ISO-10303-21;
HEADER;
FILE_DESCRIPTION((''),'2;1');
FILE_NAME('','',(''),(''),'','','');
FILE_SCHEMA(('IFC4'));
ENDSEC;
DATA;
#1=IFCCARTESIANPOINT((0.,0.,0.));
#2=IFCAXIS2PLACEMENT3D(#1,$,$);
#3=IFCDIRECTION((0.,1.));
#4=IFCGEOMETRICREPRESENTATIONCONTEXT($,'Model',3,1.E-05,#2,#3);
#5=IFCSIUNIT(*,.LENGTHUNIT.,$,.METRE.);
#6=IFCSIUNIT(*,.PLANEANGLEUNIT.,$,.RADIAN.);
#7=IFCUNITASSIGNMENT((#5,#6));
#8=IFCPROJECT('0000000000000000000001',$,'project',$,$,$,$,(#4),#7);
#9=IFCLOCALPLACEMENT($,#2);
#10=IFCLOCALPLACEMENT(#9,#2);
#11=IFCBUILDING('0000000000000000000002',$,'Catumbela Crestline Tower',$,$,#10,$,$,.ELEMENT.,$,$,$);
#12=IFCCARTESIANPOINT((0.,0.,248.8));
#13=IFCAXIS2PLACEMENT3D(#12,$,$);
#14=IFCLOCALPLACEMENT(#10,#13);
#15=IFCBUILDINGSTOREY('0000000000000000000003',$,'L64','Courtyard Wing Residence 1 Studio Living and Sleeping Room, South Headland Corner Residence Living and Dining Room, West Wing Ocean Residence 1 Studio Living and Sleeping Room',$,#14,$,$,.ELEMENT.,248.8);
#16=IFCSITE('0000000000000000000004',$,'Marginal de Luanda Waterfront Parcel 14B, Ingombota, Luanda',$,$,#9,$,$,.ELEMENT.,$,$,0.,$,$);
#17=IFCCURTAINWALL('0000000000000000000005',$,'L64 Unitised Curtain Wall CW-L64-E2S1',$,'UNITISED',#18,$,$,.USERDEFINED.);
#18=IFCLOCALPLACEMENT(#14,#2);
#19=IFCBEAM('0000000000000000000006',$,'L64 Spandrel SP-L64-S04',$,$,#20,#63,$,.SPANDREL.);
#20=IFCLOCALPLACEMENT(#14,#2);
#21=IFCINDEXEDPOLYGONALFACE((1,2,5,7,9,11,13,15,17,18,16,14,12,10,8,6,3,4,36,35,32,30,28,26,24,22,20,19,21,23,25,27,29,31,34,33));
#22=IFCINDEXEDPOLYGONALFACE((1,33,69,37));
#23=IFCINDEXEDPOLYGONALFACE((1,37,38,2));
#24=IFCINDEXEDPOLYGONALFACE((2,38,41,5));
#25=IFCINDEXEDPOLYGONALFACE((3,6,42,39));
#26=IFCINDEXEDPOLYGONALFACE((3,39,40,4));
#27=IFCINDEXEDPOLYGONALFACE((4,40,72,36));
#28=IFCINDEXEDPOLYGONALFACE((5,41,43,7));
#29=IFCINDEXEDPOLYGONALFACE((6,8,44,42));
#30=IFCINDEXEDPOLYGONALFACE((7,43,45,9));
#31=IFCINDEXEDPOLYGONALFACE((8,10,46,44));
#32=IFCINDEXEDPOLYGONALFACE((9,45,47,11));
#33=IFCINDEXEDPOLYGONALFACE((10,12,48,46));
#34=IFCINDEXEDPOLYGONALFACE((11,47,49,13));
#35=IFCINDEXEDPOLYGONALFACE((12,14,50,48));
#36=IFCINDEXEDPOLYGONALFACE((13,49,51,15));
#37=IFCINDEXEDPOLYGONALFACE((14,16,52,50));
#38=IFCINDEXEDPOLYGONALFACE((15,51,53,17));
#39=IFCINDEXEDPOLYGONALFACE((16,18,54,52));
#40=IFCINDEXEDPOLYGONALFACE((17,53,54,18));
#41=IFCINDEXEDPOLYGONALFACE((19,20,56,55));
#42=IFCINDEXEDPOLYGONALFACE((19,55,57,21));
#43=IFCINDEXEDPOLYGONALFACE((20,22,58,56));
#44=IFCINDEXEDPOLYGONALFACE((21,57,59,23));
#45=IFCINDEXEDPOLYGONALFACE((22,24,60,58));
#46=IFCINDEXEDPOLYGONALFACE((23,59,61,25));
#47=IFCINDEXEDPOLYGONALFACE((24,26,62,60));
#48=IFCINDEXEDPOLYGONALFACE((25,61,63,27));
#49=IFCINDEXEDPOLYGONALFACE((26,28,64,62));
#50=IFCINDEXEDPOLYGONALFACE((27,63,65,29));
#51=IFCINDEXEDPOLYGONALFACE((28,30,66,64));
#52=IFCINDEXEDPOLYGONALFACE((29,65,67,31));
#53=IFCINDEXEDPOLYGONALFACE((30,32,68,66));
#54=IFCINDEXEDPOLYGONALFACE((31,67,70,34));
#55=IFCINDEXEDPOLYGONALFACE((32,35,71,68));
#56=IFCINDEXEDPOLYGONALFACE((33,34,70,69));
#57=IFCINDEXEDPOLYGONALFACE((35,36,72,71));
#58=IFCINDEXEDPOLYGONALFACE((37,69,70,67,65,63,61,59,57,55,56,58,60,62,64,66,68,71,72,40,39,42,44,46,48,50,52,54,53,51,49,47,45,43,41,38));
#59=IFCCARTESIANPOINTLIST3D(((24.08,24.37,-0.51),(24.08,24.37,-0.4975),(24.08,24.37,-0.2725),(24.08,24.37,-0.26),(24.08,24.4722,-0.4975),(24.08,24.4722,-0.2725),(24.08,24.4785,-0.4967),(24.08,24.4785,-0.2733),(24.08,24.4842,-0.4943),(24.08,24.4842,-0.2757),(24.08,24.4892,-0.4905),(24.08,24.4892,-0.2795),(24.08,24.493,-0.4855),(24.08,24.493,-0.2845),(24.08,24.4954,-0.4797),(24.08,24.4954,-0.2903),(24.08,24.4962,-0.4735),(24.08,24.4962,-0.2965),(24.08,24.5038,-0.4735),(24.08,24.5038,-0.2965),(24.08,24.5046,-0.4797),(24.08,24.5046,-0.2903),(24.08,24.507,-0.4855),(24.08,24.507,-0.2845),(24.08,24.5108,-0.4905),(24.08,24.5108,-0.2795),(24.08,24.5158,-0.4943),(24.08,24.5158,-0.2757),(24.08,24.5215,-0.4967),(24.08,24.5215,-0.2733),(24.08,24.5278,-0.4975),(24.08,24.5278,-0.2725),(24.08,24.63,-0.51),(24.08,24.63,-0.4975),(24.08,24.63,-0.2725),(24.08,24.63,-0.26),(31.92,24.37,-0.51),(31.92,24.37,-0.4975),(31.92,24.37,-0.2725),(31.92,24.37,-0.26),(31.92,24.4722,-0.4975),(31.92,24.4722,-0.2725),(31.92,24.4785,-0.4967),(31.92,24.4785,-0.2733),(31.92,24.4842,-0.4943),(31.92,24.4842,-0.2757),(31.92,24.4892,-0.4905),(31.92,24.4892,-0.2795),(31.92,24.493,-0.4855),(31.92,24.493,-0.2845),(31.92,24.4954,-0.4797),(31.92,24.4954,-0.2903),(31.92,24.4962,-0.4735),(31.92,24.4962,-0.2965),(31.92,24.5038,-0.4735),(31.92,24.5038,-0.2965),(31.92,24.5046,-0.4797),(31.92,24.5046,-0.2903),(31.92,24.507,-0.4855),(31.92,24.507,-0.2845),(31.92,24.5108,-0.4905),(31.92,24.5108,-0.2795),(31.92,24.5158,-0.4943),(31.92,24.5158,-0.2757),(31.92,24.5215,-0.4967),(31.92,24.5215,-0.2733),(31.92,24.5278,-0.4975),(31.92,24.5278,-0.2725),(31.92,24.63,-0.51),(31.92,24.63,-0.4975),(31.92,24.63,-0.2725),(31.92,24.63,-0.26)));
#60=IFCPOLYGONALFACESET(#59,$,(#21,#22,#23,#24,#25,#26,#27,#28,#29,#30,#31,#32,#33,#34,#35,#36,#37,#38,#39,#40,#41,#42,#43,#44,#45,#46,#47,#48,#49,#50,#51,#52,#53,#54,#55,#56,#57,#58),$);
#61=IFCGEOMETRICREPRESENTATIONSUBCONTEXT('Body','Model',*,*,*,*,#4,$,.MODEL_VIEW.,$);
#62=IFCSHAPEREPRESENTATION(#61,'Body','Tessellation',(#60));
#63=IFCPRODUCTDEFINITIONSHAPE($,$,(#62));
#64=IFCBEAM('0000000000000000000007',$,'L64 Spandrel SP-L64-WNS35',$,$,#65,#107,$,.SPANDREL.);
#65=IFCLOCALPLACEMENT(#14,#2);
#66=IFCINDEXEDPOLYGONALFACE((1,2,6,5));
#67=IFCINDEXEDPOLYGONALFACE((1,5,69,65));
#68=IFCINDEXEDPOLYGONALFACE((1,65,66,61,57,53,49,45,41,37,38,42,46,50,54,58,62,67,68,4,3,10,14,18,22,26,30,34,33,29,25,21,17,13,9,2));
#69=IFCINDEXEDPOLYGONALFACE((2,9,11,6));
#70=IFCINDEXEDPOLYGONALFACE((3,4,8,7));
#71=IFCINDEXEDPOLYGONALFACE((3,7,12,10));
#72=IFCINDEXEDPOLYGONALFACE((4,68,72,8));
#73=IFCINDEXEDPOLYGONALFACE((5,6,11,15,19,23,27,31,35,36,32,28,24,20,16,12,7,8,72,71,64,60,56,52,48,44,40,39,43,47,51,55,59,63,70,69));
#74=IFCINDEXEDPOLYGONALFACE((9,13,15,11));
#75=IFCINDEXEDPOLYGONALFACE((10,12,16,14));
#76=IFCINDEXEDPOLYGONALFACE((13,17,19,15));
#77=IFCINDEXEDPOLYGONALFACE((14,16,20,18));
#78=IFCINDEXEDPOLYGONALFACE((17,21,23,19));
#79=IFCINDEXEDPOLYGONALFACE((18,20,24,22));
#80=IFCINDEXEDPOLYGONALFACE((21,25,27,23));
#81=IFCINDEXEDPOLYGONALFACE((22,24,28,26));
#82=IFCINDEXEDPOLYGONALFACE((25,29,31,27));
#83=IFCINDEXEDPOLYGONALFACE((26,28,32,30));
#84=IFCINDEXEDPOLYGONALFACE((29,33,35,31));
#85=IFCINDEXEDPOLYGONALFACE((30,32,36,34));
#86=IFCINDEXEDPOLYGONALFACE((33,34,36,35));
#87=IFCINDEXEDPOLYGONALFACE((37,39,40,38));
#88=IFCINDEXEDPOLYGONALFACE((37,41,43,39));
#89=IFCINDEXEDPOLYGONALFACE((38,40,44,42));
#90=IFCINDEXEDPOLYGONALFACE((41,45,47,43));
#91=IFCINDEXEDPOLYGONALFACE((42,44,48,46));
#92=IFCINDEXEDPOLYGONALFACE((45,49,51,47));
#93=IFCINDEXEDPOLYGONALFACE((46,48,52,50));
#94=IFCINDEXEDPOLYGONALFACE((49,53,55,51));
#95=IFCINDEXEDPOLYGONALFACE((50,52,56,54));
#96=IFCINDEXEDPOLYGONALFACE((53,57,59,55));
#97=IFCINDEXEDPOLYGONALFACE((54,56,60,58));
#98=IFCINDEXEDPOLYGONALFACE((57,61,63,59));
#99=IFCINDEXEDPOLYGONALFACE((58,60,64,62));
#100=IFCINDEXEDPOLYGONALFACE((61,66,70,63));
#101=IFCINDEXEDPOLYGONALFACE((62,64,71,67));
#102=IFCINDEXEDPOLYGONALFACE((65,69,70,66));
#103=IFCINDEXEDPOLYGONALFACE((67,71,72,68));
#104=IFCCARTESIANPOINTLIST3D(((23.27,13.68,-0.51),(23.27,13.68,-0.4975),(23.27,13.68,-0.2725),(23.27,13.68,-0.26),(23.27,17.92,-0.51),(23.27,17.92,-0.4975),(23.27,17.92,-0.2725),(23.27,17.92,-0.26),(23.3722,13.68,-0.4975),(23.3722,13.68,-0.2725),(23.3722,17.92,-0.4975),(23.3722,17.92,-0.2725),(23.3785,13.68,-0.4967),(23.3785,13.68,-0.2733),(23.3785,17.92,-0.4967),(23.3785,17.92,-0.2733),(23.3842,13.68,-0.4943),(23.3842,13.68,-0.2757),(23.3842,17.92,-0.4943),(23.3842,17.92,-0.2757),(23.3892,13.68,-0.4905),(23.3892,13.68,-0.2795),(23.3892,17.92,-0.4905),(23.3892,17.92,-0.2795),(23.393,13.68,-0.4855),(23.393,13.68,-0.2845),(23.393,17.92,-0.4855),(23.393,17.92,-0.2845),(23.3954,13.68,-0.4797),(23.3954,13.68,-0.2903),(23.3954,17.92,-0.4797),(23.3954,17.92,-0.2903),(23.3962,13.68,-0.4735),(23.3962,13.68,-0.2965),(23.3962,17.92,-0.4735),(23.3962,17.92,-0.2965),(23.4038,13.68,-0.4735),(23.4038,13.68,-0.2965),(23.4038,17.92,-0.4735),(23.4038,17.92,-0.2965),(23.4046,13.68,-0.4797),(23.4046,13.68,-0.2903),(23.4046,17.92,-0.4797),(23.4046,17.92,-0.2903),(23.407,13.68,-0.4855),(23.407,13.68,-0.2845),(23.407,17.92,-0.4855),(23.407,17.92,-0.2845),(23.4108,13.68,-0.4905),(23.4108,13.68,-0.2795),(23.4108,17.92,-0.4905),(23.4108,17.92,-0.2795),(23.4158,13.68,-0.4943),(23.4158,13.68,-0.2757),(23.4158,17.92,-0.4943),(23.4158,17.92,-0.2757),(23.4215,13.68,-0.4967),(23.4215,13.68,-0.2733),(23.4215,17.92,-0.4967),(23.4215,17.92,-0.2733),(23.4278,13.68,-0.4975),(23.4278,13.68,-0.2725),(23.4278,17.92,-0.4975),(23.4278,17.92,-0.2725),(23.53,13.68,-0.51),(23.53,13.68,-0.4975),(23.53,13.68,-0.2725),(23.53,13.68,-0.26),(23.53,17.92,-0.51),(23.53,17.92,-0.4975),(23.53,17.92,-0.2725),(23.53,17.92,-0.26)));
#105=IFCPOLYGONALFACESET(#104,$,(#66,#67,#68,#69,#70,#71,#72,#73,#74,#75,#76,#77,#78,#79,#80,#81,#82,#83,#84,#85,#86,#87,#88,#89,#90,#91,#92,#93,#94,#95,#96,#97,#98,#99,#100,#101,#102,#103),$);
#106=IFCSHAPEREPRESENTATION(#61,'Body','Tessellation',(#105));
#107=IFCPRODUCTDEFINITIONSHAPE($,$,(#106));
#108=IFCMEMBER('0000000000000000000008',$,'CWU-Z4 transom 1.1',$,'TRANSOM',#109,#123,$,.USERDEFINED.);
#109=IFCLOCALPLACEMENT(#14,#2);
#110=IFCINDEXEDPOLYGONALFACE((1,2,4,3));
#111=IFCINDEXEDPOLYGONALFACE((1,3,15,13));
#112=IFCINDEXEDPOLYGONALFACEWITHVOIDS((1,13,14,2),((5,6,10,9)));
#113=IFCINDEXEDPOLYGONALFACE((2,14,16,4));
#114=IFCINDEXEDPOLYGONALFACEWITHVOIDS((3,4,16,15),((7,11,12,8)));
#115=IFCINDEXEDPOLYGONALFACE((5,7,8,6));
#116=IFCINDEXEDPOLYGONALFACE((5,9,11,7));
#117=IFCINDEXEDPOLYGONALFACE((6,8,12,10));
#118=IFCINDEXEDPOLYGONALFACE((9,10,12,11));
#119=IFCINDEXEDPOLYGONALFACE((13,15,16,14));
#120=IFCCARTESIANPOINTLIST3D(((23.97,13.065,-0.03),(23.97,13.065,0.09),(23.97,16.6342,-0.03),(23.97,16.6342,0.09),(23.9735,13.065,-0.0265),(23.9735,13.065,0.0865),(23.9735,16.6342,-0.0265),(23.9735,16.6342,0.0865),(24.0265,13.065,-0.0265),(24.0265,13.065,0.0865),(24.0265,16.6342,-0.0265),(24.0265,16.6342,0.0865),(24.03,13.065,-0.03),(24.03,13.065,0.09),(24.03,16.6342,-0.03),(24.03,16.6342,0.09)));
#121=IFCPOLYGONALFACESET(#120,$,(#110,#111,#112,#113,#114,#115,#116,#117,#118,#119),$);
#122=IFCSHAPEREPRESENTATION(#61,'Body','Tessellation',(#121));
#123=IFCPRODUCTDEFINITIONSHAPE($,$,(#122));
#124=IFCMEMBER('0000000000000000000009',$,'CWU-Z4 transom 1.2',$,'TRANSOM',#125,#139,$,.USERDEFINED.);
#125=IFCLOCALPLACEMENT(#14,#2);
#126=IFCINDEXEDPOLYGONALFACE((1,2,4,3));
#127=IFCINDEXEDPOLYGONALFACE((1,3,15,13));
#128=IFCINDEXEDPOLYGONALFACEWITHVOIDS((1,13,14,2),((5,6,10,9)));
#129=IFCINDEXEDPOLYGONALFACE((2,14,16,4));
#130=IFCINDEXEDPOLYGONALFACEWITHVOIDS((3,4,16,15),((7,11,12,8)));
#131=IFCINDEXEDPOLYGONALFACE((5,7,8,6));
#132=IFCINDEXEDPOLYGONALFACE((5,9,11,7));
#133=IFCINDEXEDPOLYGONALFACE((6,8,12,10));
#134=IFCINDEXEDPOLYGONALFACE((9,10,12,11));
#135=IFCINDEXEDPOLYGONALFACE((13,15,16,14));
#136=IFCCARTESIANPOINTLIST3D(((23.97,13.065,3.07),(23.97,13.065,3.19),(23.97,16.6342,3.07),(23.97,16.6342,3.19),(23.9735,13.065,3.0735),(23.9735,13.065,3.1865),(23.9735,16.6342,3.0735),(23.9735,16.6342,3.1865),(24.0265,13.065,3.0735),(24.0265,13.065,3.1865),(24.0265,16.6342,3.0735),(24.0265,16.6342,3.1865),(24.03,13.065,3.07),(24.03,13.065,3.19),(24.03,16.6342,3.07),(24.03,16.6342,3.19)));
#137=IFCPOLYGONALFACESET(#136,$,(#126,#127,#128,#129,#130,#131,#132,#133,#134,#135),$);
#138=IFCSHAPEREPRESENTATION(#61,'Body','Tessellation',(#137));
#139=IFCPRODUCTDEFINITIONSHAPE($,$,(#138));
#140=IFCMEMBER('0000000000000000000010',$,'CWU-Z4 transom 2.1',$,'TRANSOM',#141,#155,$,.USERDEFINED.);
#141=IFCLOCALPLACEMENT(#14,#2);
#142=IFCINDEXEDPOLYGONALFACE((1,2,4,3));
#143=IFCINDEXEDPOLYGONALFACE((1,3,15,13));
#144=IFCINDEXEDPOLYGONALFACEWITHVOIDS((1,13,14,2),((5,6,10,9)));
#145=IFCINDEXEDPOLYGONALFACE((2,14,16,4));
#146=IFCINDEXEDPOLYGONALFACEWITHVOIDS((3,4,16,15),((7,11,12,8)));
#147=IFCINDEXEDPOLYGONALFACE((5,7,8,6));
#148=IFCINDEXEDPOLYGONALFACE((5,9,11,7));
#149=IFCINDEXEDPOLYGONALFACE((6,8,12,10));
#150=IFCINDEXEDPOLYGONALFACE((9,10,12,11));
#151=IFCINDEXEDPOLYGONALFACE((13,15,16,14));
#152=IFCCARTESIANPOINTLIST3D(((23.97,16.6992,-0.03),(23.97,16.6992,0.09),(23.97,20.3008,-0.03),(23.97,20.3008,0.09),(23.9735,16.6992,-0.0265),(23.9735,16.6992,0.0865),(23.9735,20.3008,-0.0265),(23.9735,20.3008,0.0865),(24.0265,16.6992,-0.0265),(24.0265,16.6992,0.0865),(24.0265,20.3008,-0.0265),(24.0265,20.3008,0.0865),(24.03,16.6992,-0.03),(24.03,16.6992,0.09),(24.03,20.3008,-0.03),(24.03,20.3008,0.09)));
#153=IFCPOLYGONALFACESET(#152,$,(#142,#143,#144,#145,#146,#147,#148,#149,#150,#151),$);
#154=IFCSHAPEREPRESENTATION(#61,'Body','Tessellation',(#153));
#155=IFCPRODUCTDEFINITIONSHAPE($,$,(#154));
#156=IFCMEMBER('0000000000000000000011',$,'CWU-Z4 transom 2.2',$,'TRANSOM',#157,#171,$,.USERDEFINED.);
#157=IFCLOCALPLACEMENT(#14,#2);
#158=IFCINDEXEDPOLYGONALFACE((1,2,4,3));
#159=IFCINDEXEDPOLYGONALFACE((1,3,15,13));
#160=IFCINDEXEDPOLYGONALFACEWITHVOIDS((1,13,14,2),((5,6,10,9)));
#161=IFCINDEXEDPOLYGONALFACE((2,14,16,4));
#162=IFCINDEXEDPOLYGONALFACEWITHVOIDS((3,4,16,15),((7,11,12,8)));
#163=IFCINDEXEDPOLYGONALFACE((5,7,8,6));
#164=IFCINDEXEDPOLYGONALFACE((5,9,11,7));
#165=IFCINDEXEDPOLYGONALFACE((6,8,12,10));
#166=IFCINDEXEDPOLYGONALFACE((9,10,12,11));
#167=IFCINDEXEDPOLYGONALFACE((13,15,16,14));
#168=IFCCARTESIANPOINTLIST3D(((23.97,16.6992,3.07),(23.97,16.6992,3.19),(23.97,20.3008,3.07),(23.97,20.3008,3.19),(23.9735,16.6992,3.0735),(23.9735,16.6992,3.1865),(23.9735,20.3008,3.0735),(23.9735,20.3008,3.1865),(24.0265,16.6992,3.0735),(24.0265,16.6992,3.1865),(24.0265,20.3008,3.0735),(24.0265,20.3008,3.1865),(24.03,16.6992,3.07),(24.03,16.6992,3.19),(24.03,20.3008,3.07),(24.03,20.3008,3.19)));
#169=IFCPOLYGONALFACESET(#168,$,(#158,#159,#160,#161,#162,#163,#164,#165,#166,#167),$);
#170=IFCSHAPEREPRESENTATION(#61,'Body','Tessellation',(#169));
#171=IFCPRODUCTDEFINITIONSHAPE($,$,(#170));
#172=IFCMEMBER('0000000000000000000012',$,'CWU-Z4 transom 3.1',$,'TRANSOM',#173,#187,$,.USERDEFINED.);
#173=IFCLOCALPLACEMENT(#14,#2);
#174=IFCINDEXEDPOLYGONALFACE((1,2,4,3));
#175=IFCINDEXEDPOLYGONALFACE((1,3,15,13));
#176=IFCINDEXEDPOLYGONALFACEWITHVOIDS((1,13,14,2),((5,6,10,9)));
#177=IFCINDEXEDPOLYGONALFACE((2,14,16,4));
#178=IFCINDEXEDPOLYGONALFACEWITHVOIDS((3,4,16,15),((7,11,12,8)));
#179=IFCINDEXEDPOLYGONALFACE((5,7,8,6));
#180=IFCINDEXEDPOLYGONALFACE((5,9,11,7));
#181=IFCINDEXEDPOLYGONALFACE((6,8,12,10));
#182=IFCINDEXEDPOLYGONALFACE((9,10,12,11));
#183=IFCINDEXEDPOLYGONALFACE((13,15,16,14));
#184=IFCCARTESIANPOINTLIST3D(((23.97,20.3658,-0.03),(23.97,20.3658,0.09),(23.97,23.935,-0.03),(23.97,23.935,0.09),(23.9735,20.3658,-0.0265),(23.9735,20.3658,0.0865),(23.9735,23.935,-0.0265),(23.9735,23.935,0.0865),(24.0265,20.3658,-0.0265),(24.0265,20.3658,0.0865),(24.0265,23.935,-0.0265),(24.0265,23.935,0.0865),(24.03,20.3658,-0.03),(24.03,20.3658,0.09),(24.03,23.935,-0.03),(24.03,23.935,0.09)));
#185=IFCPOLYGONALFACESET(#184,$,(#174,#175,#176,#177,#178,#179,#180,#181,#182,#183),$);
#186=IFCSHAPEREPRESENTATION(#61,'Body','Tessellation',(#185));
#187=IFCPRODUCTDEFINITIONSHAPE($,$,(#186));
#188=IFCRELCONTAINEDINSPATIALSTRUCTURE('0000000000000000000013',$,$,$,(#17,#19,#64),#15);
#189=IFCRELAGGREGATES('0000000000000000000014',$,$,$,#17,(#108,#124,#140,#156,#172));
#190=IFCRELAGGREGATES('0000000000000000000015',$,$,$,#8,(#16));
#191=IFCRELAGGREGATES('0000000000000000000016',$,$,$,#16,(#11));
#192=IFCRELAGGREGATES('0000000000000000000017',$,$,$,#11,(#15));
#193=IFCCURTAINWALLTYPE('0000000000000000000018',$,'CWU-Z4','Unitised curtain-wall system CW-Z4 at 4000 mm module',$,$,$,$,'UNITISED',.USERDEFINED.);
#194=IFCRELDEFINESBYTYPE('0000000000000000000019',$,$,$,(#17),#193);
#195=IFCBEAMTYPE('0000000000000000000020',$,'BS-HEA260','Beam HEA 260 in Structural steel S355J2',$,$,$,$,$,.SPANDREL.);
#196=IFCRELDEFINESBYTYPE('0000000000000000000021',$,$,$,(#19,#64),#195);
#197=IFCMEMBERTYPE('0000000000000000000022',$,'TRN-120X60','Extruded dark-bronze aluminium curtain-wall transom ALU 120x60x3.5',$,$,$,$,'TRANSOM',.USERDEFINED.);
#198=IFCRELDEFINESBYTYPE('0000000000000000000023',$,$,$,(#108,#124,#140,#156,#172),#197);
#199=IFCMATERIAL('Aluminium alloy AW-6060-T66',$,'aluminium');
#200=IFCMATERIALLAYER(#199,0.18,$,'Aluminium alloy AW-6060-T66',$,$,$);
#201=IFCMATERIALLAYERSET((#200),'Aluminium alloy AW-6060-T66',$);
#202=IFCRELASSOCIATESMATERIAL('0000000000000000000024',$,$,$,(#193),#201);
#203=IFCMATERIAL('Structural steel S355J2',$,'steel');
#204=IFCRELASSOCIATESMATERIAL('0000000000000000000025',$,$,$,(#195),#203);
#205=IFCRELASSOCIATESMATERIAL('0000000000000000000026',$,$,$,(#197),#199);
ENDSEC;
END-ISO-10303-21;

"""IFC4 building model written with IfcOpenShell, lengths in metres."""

from ifc_helpers import new_model, si_unit, direction, frame, origin, origin_2d, place, context, subcontext, project, spatial, hollow_rectangle, i_section, extrude, material, layer, layer_set, material_profile, profile_set, type_object, element, aggregate, save


model = new_model("IFC4")

# Units and contexts
model_context = context("Model", 3, precision=1e-05, world=origin(), true_north=direction((0.0, 1.0)))
body_context = subcontext(model_context, "Body", "Model", "MODEL_VIEW")
ifc_project = project(units=[si_unit("LENGTHUNIT", "METRE"), si_unit("PLANEANGLEUNIT", "RADIAN")], contexts=[model_context])

# Site, building, storey
site_placement = place(None, origin())
site = spatial("IfcSite", under=ifc_project, at=site_placement, Name="Marginal de Luanda Waterfront Parcel 14B, Ingombota, Luanda", CompositionType="ELEMENT", RefElevation=0.0)
building_placement = place(site_placement, origin())
building = spatial("IfcBuilding", under=site, at=building_placement, Name="Catumbela Crestline Tower", CompositionType="ELEMENT")
storey_placement = place(building_placement, frame((0.0, 0.0, 248.8)))
storey = spatial("IfcBuildingStorey", under=building, at=storey_placement, Name="L64", Description="Courtyard Wing Residence 1 Studio Living and Sleeping Room, South Headland Corner Residence Living and Dining Room, West Wing Ocean Residence 1 Studio Living and Sleeping Room", CompositionType="ELEMENT", Elevation=248.8)

# Shared definitions
ifc_material_1 = material(Name="Structural steel S355J2", Category="steel")

# Shared definitions
ifc_material_2 = material(Name="Aluminium alloy AW-6060-T66", Category="aluminium")
ifc_layer_1 = layer(ifc_material_2, 0.18, Name="Aluminium alloy AW-6060-T66")
ifc_layer_set_1 = layer_set([ifc_layer_1], Name="Aluminium alloy AW-6060-T66")
curtain_wall_type = type_object("IfcCurtainWallType", Name="CWU-Z4", Description="Unitised curtain-wall system CW-Z4 at 4000 mm module", ElementType="UNITISED", PredefinedType="USERDEFINED", material=ifc_layer_set_1)

# Curtain wall
curtain_wall_1_placement = place(storey_placement, origin())
curtain_wall_1 = element("IfcCurtainWall", 1, at=curtain_wall_1_placement, inside=storey, type_object=curtain_wall_type, Name="L64 Unitised Curtain Wall CW-L64-E2S1", ObjectType="UNITISED", PredefinedType="USERDEFINED")

# Beams
ifc_material_profile_1 = material_profile(ifc_material_1, i_section(OverallWidth=0.26, OverallDepth=0.25, WebThickness=0.0075, FlangeThickness=0.0125, FilletRadius=0.024, at=origin_2d()), Name="HEA 260")
ifc_profile_set_1 = profile_set([ifc_material_profile_1], Name="Structural steel S355J2")
beam_type_1 = type_object("IfcBeamType", Name="BS-HEA260", Description="Beam HEA 260 in Structural steel S355J2", PredefinedType="SPANDREL", material=ifc_profile_set_1)
beam_1_placement = place(storey_placement, frame((24.08, 24.5, -0.385), z_axis=(1.0, 0.0, 0.0), x_axis=(0.0, 1.0, 0.0)))
element("IfcBeam", 2, at=beam_1_placement, inside=storey, type_object=beam_type_1, Name="L64 Spandrel SP-L64-S04", PredefinedType="SPANDREL", context=body_context, shape_type="SweptSolid", body=[
    extrude(i_section(OverallWidth=0.26, OverallDepth=0.25, WebThickness=0.0075, FlangeThickness=0.0125, FilletRadius=0.024, at=origin_2d()), origin(), (0.0, 0.0, 1.0), 7.84),
])
beam_2_placement = place(storey_placement, frame((23.4, 13.68, -0.385), z_axis=(0.0, 1.0, 0.0), x_axis=(-1.0, 0.0, 0.0)))
element("IfcBeam", 3, at=beam_2_placement, inside=storey, type_object=beam_type_1, Name="L64 Spandrel SP-L64-WNS35", PredefinedType="SPANDREL", context=body_context, shape_type="SweptSolid", body=[
    extrude(i_section(OverallWidth=0.26, OverallDepth=0.25, WebThickness=0.0075, FlangeThickness=0.0125, FilletRadius=0.024, at=origin_2d()), origin(), (0.0, 0.0, 1.0), 4.24),
])

# Members
ifc_material_profile_2 = material_profile(ifc_material_2, hollow_rectangle(XDim=0.06, YDim=0.12, WallThickness=0.0035, at=origin_2d()), Name="ALU 120x60x3.5")
ifc_profile_set_2 = profile_set([ifc_material_profile_2], Name="Aluminium alloy AW-6060-T66")
member_type_1 = type_object("IfcMemberType", Name="TRN-120X60", Description="Extruded dark-bronze aluminium curtain-wall transom ALU 120x60x3.5", ElementType="TRANSOM", PredefinedType="USERDEFINED", material=ifc_profile_set_2)
member_1_placement = place(storey_placement, frame((24.0, 13.065, 0.03), z_axis=(0.0, 1.0, 0.0), x_axis=(-1.0, 0.0, 0.0)))
member_1 = element("IfcMember", 4, at=member_1_placement, type_object=member_type_1, Name="CWU-Z4 transom 1.1", ObjectType="TRANSOM", PredefinedType="USERDEFINED", context=body_context, shape_type="SweptSolid", body=[
    extrude(hollow_rectangle(XDim=0.06, YDim=0.12, WallThickness=0.0035, at=origin_2d()), origin(), (0.0, 0.0, 1.0), 3.5692),
])
member_2_placement = place(storey_placement, frame((24.0, 13.065, 3.13), z_axis=(0.0, 1.0, 0.0), x_axis=(-1.0, 0.0, 0.0)))
member_2 = element("IfcMember", 5, at=member_2_placement, type_object=member_type_1, Name="CWU-Z4 transom 1.2", ObjectType="TRANSOM", PredefinedType="USERDEFINED", context=body_context, shape_type="SweptSolid", body=[
    extrude(hollow_rectangle(XDim=0.06, YDim=0.12, WallThickness=0.0035, at=origin_2d()), origin(), (0.0, 0.0, 1.0), 3.5692),
])
member_3_placement = place(storey_placement, frame((24.0, 16.6992, 0.03), z_axis=(0.0, 1.0, 0.0), x_axis=(-1.0, 0.0, 0.0)))
member_3 = element("IfcMember", 6, at=member_3_placement, type_object=member_type_1, Name="CWU-Z4 transom 2.1", ObjectType="TRANSOM", PredefinedType="USERDEFINED", context=body_context, shape_type="SweptSolid", body=[
    extrude(hollow_rectangle(XDim=0.06, YDim=0.12, WallThickness=0.0035, at=origin_2d()), origin(), (0.0, 0.0, 1.0), 3.6016),
])
member_4_placement = place(storey_placement, frame((24.0, 16.6992, 3.13), z_axis=(0.0, 1.0, 0.0), x_axis=(-1.0, 0.0, 0.0)))
member_4 = element("IfcMember", 7, at=member_4_placement, type_object=member_type_1, Name="CWU-Z4 transom 2.2", ObjectType="TRANSOM", PredefinedType="USERDEFINED", context=body_context, shape_type="SweptSolid", body=[
    extrude(hollow_rectangle(XDim=0.06, YDim=0.12, WallThickness=0.0035, at=origin_2d()), origin(), (0.0, 0.0, 1.0), 3.6016),
])
member_5_placement = place(storey_placement, frame((24.0, 20.3658, 0.03), z_axis=(0.0, 1.0, 0.0), x_axis=(-1.0, 0.0, 0.0)))
member_5 = element("IfcMember", 8, at=member_5_placement, type_object=member_type_1, Name="CWU-Z4 transom 3.1", ObjectType="TRANSOM", PredefinedType="USERDEFINED", context=body_context, shape_type="SweptSolid", body=[
    extrude(hollow_rectangle(XDim=0.06, YDim=0.12, WallThickness=0.0035, at=origin_2d()), origin(), (0.0, 0.0, 1.0), 3.5692),
])

aggregate(curtain_wall_1, [member_1, member_2, member_3, member_4, member_5])

save(model, "model.ifc")
